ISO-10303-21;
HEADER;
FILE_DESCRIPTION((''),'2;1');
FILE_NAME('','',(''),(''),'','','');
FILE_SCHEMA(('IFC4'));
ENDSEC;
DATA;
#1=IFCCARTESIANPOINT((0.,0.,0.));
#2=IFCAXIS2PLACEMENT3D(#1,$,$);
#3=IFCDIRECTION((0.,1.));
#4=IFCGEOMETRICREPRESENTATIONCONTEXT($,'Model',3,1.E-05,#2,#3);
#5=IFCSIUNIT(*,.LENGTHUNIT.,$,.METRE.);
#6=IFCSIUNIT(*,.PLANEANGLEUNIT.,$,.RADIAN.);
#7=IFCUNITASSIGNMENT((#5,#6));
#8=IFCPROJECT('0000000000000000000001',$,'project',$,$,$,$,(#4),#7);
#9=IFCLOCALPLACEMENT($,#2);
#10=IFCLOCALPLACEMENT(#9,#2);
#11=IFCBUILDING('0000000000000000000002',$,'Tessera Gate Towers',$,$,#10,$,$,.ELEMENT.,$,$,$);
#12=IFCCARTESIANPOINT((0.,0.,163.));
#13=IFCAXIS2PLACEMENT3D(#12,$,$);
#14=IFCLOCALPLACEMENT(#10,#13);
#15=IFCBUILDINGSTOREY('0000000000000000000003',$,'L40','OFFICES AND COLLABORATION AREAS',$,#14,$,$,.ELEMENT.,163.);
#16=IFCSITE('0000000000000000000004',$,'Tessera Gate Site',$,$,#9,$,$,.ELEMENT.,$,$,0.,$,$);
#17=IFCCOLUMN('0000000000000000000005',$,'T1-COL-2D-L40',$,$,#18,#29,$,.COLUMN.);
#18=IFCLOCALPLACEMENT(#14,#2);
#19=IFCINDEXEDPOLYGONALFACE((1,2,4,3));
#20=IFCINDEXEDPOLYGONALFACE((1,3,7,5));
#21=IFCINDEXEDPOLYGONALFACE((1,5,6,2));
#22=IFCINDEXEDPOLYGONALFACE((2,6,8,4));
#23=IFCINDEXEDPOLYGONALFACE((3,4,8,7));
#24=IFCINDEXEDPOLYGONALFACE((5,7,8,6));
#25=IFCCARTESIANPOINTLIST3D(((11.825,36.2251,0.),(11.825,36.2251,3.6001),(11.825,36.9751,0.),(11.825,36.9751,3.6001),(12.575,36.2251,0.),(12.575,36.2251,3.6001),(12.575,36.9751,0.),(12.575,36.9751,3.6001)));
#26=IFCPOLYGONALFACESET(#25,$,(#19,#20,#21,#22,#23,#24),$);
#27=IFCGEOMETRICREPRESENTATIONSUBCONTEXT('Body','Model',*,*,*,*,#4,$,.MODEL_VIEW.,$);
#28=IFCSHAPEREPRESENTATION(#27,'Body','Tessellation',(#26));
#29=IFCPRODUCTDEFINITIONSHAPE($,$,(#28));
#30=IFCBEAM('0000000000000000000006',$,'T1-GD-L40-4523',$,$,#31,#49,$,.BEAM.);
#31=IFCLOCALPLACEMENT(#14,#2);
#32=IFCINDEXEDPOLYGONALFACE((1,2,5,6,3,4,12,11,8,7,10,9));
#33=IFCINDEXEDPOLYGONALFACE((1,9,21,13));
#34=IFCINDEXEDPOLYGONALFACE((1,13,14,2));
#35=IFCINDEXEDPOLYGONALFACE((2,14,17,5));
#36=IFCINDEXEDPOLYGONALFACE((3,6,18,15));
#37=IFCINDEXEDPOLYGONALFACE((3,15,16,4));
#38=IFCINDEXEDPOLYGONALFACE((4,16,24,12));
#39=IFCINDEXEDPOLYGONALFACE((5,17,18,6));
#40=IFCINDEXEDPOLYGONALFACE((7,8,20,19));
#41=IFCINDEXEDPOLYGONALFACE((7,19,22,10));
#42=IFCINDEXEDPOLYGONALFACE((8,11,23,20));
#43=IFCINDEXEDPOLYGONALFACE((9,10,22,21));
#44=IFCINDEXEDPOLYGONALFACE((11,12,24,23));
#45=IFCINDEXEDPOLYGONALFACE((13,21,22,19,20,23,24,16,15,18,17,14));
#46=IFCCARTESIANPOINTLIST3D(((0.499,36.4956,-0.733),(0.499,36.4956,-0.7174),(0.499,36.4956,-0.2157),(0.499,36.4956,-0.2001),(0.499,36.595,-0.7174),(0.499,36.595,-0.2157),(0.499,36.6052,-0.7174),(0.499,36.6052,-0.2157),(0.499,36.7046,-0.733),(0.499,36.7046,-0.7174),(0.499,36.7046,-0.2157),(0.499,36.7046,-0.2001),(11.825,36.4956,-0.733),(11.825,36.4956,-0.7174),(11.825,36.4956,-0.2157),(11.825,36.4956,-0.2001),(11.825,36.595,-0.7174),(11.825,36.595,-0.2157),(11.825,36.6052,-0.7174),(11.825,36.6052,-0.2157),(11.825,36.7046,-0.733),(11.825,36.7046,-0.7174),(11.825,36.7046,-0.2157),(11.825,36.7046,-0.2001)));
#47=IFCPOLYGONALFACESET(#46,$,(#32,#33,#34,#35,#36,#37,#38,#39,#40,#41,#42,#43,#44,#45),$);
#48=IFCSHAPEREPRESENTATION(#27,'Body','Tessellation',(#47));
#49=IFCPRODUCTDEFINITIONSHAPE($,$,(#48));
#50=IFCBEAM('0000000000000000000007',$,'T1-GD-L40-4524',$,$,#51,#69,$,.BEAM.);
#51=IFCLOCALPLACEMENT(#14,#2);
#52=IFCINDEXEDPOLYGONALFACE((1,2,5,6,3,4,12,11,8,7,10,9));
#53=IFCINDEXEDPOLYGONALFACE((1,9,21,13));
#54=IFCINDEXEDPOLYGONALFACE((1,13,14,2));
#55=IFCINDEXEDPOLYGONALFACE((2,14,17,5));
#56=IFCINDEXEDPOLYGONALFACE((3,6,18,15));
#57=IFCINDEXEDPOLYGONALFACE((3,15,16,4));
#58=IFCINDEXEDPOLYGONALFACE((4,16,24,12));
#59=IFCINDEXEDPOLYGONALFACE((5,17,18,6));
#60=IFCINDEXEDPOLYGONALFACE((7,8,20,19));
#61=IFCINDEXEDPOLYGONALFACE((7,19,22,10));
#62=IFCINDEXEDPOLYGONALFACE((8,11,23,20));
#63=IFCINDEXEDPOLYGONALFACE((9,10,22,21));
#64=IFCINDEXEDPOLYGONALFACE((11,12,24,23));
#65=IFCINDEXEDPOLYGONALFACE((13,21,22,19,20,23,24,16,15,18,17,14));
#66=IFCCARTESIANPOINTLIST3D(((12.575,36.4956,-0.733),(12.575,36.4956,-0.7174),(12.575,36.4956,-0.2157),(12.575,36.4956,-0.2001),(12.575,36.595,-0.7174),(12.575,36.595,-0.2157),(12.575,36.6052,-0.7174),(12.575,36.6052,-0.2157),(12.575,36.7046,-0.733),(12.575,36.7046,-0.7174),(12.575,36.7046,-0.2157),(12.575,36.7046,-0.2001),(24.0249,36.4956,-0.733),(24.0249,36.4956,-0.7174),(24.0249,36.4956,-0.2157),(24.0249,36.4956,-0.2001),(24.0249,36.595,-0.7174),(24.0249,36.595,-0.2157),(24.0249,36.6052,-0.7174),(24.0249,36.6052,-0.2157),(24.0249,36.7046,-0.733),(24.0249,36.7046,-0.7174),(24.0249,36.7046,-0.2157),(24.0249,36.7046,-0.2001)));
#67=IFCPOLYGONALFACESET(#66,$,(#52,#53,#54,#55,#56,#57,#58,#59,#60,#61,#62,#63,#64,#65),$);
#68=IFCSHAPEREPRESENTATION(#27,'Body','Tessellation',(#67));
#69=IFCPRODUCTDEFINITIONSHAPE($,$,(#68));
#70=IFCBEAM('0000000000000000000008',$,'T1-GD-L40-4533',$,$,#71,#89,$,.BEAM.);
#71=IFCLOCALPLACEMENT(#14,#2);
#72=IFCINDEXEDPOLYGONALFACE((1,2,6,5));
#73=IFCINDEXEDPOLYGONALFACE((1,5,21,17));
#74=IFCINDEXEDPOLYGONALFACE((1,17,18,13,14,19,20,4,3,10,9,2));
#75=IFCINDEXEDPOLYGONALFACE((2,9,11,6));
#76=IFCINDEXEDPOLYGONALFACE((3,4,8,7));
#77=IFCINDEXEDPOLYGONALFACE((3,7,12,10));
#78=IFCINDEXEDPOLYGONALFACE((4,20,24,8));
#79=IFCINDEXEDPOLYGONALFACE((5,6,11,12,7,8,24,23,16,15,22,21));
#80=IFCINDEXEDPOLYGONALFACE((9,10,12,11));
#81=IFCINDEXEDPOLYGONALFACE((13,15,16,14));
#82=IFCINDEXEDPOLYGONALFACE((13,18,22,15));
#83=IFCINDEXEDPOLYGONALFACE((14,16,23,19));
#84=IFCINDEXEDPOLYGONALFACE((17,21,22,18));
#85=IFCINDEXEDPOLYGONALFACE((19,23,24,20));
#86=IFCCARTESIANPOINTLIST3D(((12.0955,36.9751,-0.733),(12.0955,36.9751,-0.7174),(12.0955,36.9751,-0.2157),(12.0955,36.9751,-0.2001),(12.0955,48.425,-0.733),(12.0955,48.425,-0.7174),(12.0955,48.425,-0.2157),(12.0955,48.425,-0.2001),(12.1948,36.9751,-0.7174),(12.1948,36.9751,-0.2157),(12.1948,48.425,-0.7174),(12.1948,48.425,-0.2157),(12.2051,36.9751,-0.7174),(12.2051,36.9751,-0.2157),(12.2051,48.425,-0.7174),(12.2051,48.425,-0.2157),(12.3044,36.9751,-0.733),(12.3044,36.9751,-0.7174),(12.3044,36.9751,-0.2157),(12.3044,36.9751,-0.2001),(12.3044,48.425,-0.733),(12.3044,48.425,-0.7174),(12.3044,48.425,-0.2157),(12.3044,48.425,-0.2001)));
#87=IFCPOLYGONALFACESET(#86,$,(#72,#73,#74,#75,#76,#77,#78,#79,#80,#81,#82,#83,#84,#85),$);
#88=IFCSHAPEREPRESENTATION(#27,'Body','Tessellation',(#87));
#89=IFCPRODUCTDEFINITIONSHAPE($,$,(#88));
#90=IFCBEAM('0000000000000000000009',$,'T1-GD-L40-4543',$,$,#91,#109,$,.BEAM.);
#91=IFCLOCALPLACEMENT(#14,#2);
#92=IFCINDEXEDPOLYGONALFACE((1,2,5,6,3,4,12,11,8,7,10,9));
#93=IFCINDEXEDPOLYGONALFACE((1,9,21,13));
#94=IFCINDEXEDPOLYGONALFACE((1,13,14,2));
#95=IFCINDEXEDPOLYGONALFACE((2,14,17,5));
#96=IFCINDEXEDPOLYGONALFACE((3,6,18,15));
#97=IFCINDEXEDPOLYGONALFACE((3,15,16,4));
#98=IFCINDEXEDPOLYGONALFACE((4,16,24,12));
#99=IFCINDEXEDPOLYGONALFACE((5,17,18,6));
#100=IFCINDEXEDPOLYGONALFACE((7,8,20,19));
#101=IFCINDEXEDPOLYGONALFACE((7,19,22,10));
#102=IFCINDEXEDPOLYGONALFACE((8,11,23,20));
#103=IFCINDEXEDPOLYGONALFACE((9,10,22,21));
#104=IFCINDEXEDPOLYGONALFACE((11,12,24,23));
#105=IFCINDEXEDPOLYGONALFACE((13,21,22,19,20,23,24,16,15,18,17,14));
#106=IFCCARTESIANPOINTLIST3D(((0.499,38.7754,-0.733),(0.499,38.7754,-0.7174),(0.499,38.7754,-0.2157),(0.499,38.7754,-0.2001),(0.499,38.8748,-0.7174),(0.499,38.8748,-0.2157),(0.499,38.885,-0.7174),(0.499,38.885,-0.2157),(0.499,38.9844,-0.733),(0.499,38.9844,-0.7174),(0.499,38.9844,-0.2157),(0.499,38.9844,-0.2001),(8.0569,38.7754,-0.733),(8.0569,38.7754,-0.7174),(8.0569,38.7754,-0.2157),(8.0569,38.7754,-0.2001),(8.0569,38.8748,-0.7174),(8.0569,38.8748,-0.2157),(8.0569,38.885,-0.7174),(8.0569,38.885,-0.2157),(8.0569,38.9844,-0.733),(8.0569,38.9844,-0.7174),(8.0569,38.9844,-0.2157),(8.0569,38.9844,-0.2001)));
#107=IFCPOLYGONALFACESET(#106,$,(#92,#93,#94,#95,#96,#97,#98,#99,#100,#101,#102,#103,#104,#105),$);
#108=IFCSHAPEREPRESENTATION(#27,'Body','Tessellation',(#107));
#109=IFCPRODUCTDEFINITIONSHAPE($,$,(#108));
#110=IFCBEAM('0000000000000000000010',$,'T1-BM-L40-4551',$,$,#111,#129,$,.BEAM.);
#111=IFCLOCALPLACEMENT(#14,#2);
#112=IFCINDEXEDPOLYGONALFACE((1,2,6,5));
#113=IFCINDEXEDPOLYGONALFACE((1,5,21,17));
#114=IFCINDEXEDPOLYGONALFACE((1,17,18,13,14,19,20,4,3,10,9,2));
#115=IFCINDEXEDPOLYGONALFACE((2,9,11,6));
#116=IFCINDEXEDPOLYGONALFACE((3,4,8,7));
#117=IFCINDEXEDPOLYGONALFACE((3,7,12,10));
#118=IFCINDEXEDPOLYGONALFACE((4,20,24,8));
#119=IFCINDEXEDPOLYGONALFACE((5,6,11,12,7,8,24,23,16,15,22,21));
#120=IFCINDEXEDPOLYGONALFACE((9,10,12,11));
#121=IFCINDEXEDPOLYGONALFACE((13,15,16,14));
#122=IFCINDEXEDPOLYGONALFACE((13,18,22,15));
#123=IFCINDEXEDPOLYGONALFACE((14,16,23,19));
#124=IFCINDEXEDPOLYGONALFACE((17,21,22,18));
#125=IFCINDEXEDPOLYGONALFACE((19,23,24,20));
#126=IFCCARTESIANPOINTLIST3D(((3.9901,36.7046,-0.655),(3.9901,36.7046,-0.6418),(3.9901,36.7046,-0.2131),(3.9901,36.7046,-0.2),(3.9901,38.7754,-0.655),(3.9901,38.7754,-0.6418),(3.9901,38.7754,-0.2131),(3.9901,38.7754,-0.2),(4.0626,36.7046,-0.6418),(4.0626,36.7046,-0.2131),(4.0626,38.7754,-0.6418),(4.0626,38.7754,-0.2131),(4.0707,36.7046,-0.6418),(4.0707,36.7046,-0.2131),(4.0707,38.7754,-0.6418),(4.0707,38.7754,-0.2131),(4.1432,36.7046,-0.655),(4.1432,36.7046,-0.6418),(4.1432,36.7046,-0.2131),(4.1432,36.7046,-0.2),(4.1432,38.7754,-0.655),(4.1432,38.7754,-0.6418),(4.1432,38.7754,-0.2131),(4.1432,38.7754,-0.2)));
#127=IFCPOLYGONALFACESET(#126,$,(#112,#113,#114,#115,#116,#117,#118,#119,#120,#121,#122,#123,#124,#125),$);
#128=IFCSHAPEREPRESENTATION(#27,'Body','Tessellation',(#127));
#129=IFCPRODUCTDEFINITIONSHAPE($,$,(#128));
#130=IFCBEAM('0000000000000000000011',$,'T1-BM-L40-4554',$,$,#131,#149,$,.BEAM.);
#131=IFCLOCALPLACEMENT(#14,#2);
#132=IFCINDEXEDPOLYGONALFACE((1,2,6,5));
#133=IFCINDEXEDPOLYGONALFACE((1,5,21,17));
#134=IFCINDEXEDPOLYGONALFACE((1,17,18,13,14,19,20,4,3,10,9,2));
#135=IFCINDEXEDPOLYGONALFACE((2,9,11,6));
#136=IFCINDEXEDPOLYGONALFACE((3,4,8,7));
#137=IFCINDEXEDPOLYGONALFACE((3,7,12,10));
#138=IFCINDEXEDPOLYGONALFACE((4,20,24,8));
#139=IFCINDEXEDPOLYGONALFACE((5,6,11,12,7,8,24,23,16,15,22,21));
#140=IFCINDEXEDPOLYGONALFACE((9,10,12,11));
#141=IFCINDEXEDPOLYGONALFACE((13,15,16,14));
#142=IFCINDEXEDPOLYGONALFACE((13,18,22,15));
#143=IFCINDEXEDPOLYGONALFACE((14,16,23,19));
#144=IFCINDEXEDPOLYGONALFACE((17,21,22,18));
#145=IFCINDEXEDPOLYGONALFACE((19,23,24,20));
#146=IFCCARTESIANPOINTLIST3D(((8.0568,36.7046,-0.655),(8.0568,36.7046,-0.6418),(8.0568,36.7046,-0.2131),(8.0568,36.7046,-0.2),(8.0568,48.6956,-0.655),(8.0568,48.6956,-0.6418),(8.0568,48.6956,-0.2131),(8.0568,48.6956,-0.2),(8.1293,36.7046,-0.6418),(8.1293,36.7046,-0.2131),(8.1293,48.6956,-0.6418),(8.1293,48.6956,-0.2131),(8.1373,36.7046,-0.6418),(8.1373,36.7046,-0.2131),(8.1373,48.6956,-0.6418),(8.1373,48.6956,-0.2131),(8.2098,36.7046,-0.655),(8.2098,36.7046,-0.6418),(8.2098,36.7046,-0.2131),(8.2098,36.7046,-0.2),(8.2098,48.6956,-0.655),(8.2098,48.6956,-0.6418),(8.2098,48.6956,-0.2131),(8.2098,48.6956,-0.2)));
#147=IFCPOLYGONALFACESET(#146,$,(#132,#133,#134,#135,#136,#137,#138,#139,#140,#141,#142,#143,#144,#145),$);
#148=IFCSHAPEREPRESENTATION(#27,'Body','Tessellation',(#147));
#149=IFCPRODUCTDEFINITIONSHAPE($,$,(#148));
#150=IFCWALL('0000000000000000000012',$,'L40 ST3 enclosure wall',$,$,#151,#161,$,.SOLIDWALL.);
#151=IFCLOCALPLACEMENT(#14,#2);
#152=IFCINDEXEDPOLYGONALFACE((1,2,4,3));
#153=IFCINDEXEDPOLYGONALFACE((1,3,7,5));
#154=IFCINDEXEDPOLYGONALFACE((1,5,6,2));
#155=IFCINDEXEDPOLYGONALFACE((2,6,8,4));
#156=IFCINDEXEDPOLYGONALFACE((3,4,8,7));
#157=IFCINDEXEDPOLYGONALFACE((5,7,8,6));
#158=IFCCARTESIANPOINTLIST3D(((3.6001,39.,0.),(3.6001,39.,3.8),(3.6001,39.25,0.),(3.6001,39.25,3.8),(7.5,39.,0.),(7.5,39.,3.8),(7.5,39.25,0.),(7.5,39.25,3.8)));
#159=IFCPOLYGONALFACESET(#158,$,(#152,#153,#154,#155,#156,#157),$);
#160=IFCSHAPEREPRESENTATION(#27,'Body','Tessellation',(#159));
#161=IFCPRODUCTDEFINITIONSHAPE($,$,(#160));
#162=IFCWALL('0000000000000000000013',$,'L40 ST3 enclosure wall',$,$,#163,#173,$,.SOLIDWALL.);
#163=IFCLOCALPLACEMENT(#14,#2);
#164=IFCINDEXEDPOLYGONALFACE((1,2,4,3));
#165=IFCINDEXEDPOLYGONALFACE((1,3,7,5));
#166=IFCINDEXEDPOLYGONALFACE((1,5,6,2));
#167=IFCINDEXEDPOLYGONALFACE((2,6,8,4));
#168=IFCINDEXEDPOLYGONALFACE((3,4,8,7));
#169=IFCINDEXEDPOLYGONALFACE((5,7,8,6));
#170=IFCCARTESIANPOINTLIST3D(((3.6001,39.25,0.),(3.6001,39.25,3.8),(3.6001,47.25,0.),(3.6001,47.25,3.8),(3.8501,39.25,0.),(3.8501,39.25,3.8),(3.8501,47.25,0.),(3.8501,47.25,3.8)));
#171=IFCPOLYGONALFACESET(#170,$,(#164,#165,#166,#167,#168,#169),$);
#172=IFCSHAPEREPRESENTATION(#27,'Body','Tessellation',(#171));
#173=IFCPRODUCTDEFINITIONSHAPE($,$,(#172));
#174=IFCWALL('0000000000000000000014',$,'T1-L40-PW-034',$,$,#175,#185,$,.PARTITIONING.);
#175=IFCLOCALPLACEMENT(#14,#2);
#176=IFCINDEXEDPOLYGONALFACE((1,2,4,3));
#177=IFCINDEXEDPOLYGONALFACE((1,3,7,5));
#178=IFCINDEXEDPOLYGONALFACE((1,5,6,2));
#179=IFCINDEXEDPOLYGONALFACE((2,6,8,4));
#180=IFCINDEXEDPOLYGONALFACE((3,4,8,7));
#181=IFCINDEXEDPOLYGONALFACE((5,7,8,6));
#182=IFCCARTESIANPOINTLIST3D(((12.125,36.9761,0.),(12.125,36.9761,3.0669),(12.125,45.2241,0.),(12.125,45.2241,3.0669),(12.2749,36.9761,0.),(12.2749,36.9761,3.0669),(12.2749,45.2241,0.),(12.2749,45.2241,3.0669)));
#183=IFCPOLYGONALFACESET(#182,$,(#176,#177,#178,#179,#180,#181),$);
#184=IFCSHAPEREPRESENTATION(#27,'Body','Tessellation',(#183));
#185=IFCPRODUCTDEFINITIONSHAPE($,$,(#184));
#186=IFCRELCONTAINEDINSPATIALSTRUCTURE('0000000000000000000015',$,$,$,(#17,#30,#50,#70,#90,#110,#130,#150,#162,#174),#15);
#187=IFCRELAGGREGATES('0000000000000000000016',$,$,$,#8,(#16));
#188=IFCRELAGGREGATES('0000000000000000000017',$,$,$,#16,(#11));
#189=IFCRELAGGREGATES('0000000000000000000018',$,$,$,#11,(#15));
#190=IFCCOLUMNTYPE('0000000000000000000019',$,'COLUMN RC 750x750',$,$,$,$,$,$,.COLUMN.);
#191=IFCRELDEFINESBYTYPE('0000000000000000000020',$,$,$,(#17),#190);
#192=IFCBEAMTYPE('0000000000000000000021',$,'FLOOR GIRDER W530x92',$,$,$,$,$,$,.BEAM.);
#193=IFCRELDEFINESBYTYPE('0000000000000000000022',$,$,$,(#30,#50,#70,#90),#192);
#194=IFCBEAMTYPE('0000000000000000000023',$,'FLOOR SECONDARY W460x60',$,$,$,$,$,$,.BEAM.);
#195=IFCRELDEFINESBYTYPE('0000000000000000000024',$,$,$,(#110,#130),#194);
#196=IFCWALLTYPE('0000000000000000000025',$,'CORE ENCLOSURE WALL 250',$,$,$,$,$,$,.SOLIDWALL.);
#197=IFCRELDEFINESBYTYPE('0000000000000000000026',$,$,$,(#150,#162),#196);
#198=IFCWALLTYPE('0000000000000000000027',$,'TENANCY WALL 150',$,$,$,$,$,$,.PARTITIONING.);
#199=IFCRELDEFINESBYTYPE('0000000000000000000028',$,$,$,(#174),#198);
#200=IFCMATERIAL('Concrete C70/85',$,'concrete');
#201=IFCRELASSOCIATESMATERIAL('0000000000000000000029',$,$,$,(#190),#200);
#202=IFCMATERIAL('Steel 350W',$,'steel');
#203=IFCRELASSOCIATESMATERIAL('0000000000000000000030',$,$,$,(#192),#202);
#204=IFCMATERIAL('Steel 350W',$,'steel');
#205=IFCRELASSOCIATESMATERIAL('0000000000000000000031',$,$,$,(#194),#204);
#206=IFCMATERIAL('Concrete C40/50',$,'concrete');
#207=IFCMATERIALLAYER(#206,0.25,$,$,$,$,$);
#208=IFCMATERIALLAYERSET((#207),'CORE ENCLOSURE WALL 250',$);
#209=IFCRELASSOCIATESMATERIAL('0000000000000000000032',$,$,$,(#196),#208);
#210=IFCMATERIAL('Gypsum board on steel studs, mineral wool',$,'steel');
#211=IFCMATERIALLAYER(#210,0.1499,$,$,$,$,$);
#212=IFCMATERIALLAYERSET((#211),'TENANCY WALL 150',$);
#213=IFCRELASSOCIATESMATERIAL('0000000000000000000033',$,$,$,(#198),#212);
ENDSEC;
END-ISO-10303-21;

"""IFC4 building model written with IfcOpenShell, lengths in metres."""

from ifc_helpers import new_model, si_unit, direction, frame, frame_2d, origin, origin_2d, place, context, subcontext, project, spatial, rectangle, i_section, extrude, material, layer, layer_set, material_profile, profile_set, type_object, element, save


model = new_model("IFC4")

# Units and contexts
model_context = context("Model", 3, precision=1e-05, world=origin(), true_north=direction((0.0, 1.0)))
body_context = subcontext(model_context, "Body", "Model", "MODEL_VIEW")
ifc_project = project(units=[si_unit("LENGTHUNIT", "METRE"), si_unit("PLANEANGLEUNIT", "RADIAN")], contexts=[model_context])

# Site, building, storey
site_placement = place(None, origin())
site = spatial("IfcSite", under=ifc_project, at=site_placement, Name="Tessera Gate Site", CompositionType="ELEMENT", RefElevation=0.0)
building_placement = place(site_placement, origin())
building = spatial("IfcBuilding", under=site, at=building_placement, Name="Tessera Gate Towers", CompositionType="ELEMENT")
storey_placement = place(building_placement, frame((0.0, 0.0, 163.0)))
storey = spatial("IfcBuildingStorey", under=building, at=storey_placement, Name="L40", Description="OFFICES AND COLLABORATION AREAS", CompositionType="ELEMENT", Elevation=163.0)

# Column
ifc_material_1 = material(Name="Concrete C70/85", Category="concrete")
ifc_material_profile_1 = material_profile(ifc_material_1, rectangle(XDim=0.75, YDim=0.75, at=origin_2d()), Name="RC 750x750")
ifc_profile_set_1 = profile_set([ifc_material_profile_1], Name="Concrete C70/85")
column_type = type_object("IfcColumnType", Name="COLUMN RC 750x750", PredefinedType="COLUMN", material=ifc_profile_set_1)
column_placement = place(storey_placement, frame((12.2, 36.6001, 0.0), z_axis=(0.0, 0.0, 1.0), x_axis=(1.0, 0.0, 0.0)))
element("IfcColumn", 1, at=column_placement, inside=storey, type_object=column_type, Name="T1-COL-2D-L40", PredefinedType="COLUMN", context=body_context, shape_type="SweptSolid", body=[
    extrude(rectangle(XDim=0.75, YDim=0.75, at=origin_2d()), origin(), (0.0, 0.0, 1.0), 3.6001),
])

# Beams
ifc_material_2 = material(Name="Steel 350W", Category="steel")
ifc_material_profile_2 = material_profile(ifc_material_2, i_section(OverallWidth=0.209, OverallDepth=0.533, WebThickness=0.0103, FlangeThickness=0.0156, at=origin_2d()), Name="W530x92")
ifc_profile_set_2 = profile_set([ifc_material_profile_2], Name="Steel 350W")
beam_type_1 = type_object("IfcBeamType", Name="FLOOR GIRDER W530x92", PredefinedType="BEAM", material=ifc_profile_set_2)
beam_1_placement = place(storey_placement, frame((0.499, 36.6001, -0.4666), z_axis=(1.0, 0.0, 0.0), x_axis=(0.0, 1.0, 0.0)))
element("IfcBeam", 2, at=beam_1_placement, inside=storey, type_object=beam_type_1, Name="T1-GD-L40-4523", PredefinedType="BEAM", context=body_context, shape_type="SweptSolid", body=[
    extrude(i_section(OverallWidth=0.209, OverallDepth=0.533, WebThickness=0.0103, FlangeThickness=0.0156, at=origin_2d()), origin(), (0.0, 0.0, 1.0), 11.3259),
])
for number, where, z_axis, x_axis, name in (
    (3, (12.575, 36.6001, -0.4666), (1.0, 0.0, 0.0), (0.0, 1.0, 0.0), "T1-GD-L40-4524"),
    (4, (12.2, 36.9751, -0.4666), (0.0, 1.0, 0.0), (-1.0, 0.0, 0.0), "T1-GD-L40-4533"),
):
    element("IfcBeam", number, at=place(storey_placement, frame(where, z_axis=z_axis, x_axis=x_axis)), inside=storey, type_object=beam_type_1, Name=name, PredefinedType="BEAM", context=body_context, shape_type="SweptSolid", body=[
        extrude(i_section(OverallWidth=0.209, OverallDepth=0.533, WebThickness=0.0103, FlangeThickness=0.0156, at=origin_2d()), origin(), (0.0, 0.0, 1.0), 11.45),
    ])
beam_2_placement = place(storey_placement, frame((0.499, 38.8799, -0.4666), z_axis=(1.0, 0.0, 0.0), x_axis=(0.0, 1.0, 0.0)))
element("IfcBeam", 5, at=beam_2_placement, inside=storey, type_object=beam_type_1, Name="T1-GD-L40-4543", PredefinedType="BEAM", context=body_context, shape_type="SweptSolid", body=[
    extrude(i_section(OverallWidth=0.209, OverallDepth=0.533, WebThickness=0.0103, FlangeThickness=0.0156, at=origin_2d()), origin(), (0.0, 0.0, 1.0), 7.5579),
])
ifc_material_3 = material(Name="Steel 350W", Category="steel")
ifc_material_profile_3 = material_profile(ifc_material_3, i_section(OverallWidth=0.1531, OverallDepth=0.4551, WebThickness=0.0081, FlangeThickness=0.0132, at=origin_2d()), Name="W460x60")
ifc_profile_set_3 = profile_set([ifc_material_profile_3], Name="Steel 350W")
beam_type_2 = type_object("IfcBeamType", Name="FLOOR SECONDARY W460x60", PredefinedType="BEAM", material=ifc_profile_set_3)
beam_3_placement = place(storey_placement, frame((4.0667, 36.7046, -0.4275), z_axis=(0.0, 1.0, 0.0), x_axis=(-1.0, 0.0, 0.0)))
element("IfcBeam", 6, at=beam_3_placement, inside=storey, type_object=beam_type_2, Name="T1-BM-L40-4551", PredefinedType="BEAM", context=body_context, shape_type="SweptSolid", body=[
    extrude(i_section(OverallWidth=0.1531, OverallDepth=0.4551, WebThickness=0.0081, FlangeThickness=0.0132, at=origin_2d()), origin(), (0.0, 0.0, 1.0), 2.0708),
])
beam_4_placement = place(storey_placement, frame((8.1333, 36.7046, -0.4275), z_axis=(0.0, 1.0, 0.0), x_axis=(-1.0, 0.0, 0.0)))
element("IfcBeam", 7, at=beam_4_placement, inside=storey, type_object=beam_type_2, Name="T1-BM-L40-4554", PredefinedType="BEAM", context=body_context, shape_type="SweptSolid", body=[
    extrude(i_section(OverallWidth=0.1531, OverallDepth=0.4551, WebThickness=0.0081, FlangeThickness=0.0132, at=origin_2d()), origin(), (0.0, 0.0, 1.0), 11.991),
])

# Walls
ifc_material_4 = material(Name="Concrete C40/50", Category="concrete")
ifc_layer_1 = layer(ifc_material_4, 0.25)
ifc_layer_set_1 = layer_set([ifc_layer_1], Name="CORE ENCLOSURE WALL 250")
wall_type_1 = type_object("IfcWallType", Name="CORE ENCLOSURE WALL 250", PredefinedType="SOLIDWALL", material=ifc_layer_set_1)
wall_1_placement = place(storey_placement, frame((7.5, 39.125, 0.0), z_axis=(0.0, 0.0, 1.0), x_axis=(-1.0, 0.0, 0.0)))
element("IfcWall", 8, at=wall_1_placement, inside=storey, type_object=wall_type_1, Name="L40 ST3 enclosure wall", PredefinedType="SOLIDWALL", context=body_context, shape_type="SweptSolid", body=[
    extrude(rectangle(XDim=3.8999, YDim=0.25, at=frame_2d((1.95, 0.0))), origin(), (0.0, 0.0, 1.0), 3.8),
])
wall_2_placement = place(storey_placement, frame((3.7251, 39.25, 0.0), z_axis=(0.0, 0.0, 1.0), x_axis=(0.0, 1.0, 0.0)))
element("IfcWall", 9, at=wall_2_placement, inside=storey, type_object=wall_type_1, Name="L40 ST3 enclosure wall", PredefinedType="SOLIDWALL", context=body_context, shape_type="SweptSolid", body=[
    extrude(rectangle(XDim=8.0, YDim=0.25, at=frame_2d((4.0, 0.0))), origin(), (0.0, 0.0, 1.0), 3.8),
])
ifc_material_5 = material(Name="Gypsum board on steel studs, mineral wool", Category="steel")
ifc_layer_2 = layer(ifc_material_5, 0.1499)
ifc_layer_set_2 = layer_set([ifc_layer_2], Name="TENANCY WALL 150")
wall_type_2 = type_object("IfcWallType", Name="TENANCY WALL 150", PredefinedType="PARTITIONING", material=ifc_layer_set_2)
wall_3_placement = place(storey_placement, frame((12.2, 36.9761, 0.0), z_axis=(0.0, 0.0, 1.0), x_axis=(0.0, 1.0, 0.0)))
element("IfcWall", 10, at=wall_3_placement, inside=storey, type_object=wall_type_2, Name="T1-L40-PW-034", PredefinedType="PARTITIONING", context=body_context, shape_type="SweptSolid", body=[
    extrude(rectangle(XDim=8.248, YDim=0.1499, at=frame_2d((4.124, 0.0))), origin(), (0.0, 0.0, 1.0), 3.0669),
])

save(model, "model.ifc")
